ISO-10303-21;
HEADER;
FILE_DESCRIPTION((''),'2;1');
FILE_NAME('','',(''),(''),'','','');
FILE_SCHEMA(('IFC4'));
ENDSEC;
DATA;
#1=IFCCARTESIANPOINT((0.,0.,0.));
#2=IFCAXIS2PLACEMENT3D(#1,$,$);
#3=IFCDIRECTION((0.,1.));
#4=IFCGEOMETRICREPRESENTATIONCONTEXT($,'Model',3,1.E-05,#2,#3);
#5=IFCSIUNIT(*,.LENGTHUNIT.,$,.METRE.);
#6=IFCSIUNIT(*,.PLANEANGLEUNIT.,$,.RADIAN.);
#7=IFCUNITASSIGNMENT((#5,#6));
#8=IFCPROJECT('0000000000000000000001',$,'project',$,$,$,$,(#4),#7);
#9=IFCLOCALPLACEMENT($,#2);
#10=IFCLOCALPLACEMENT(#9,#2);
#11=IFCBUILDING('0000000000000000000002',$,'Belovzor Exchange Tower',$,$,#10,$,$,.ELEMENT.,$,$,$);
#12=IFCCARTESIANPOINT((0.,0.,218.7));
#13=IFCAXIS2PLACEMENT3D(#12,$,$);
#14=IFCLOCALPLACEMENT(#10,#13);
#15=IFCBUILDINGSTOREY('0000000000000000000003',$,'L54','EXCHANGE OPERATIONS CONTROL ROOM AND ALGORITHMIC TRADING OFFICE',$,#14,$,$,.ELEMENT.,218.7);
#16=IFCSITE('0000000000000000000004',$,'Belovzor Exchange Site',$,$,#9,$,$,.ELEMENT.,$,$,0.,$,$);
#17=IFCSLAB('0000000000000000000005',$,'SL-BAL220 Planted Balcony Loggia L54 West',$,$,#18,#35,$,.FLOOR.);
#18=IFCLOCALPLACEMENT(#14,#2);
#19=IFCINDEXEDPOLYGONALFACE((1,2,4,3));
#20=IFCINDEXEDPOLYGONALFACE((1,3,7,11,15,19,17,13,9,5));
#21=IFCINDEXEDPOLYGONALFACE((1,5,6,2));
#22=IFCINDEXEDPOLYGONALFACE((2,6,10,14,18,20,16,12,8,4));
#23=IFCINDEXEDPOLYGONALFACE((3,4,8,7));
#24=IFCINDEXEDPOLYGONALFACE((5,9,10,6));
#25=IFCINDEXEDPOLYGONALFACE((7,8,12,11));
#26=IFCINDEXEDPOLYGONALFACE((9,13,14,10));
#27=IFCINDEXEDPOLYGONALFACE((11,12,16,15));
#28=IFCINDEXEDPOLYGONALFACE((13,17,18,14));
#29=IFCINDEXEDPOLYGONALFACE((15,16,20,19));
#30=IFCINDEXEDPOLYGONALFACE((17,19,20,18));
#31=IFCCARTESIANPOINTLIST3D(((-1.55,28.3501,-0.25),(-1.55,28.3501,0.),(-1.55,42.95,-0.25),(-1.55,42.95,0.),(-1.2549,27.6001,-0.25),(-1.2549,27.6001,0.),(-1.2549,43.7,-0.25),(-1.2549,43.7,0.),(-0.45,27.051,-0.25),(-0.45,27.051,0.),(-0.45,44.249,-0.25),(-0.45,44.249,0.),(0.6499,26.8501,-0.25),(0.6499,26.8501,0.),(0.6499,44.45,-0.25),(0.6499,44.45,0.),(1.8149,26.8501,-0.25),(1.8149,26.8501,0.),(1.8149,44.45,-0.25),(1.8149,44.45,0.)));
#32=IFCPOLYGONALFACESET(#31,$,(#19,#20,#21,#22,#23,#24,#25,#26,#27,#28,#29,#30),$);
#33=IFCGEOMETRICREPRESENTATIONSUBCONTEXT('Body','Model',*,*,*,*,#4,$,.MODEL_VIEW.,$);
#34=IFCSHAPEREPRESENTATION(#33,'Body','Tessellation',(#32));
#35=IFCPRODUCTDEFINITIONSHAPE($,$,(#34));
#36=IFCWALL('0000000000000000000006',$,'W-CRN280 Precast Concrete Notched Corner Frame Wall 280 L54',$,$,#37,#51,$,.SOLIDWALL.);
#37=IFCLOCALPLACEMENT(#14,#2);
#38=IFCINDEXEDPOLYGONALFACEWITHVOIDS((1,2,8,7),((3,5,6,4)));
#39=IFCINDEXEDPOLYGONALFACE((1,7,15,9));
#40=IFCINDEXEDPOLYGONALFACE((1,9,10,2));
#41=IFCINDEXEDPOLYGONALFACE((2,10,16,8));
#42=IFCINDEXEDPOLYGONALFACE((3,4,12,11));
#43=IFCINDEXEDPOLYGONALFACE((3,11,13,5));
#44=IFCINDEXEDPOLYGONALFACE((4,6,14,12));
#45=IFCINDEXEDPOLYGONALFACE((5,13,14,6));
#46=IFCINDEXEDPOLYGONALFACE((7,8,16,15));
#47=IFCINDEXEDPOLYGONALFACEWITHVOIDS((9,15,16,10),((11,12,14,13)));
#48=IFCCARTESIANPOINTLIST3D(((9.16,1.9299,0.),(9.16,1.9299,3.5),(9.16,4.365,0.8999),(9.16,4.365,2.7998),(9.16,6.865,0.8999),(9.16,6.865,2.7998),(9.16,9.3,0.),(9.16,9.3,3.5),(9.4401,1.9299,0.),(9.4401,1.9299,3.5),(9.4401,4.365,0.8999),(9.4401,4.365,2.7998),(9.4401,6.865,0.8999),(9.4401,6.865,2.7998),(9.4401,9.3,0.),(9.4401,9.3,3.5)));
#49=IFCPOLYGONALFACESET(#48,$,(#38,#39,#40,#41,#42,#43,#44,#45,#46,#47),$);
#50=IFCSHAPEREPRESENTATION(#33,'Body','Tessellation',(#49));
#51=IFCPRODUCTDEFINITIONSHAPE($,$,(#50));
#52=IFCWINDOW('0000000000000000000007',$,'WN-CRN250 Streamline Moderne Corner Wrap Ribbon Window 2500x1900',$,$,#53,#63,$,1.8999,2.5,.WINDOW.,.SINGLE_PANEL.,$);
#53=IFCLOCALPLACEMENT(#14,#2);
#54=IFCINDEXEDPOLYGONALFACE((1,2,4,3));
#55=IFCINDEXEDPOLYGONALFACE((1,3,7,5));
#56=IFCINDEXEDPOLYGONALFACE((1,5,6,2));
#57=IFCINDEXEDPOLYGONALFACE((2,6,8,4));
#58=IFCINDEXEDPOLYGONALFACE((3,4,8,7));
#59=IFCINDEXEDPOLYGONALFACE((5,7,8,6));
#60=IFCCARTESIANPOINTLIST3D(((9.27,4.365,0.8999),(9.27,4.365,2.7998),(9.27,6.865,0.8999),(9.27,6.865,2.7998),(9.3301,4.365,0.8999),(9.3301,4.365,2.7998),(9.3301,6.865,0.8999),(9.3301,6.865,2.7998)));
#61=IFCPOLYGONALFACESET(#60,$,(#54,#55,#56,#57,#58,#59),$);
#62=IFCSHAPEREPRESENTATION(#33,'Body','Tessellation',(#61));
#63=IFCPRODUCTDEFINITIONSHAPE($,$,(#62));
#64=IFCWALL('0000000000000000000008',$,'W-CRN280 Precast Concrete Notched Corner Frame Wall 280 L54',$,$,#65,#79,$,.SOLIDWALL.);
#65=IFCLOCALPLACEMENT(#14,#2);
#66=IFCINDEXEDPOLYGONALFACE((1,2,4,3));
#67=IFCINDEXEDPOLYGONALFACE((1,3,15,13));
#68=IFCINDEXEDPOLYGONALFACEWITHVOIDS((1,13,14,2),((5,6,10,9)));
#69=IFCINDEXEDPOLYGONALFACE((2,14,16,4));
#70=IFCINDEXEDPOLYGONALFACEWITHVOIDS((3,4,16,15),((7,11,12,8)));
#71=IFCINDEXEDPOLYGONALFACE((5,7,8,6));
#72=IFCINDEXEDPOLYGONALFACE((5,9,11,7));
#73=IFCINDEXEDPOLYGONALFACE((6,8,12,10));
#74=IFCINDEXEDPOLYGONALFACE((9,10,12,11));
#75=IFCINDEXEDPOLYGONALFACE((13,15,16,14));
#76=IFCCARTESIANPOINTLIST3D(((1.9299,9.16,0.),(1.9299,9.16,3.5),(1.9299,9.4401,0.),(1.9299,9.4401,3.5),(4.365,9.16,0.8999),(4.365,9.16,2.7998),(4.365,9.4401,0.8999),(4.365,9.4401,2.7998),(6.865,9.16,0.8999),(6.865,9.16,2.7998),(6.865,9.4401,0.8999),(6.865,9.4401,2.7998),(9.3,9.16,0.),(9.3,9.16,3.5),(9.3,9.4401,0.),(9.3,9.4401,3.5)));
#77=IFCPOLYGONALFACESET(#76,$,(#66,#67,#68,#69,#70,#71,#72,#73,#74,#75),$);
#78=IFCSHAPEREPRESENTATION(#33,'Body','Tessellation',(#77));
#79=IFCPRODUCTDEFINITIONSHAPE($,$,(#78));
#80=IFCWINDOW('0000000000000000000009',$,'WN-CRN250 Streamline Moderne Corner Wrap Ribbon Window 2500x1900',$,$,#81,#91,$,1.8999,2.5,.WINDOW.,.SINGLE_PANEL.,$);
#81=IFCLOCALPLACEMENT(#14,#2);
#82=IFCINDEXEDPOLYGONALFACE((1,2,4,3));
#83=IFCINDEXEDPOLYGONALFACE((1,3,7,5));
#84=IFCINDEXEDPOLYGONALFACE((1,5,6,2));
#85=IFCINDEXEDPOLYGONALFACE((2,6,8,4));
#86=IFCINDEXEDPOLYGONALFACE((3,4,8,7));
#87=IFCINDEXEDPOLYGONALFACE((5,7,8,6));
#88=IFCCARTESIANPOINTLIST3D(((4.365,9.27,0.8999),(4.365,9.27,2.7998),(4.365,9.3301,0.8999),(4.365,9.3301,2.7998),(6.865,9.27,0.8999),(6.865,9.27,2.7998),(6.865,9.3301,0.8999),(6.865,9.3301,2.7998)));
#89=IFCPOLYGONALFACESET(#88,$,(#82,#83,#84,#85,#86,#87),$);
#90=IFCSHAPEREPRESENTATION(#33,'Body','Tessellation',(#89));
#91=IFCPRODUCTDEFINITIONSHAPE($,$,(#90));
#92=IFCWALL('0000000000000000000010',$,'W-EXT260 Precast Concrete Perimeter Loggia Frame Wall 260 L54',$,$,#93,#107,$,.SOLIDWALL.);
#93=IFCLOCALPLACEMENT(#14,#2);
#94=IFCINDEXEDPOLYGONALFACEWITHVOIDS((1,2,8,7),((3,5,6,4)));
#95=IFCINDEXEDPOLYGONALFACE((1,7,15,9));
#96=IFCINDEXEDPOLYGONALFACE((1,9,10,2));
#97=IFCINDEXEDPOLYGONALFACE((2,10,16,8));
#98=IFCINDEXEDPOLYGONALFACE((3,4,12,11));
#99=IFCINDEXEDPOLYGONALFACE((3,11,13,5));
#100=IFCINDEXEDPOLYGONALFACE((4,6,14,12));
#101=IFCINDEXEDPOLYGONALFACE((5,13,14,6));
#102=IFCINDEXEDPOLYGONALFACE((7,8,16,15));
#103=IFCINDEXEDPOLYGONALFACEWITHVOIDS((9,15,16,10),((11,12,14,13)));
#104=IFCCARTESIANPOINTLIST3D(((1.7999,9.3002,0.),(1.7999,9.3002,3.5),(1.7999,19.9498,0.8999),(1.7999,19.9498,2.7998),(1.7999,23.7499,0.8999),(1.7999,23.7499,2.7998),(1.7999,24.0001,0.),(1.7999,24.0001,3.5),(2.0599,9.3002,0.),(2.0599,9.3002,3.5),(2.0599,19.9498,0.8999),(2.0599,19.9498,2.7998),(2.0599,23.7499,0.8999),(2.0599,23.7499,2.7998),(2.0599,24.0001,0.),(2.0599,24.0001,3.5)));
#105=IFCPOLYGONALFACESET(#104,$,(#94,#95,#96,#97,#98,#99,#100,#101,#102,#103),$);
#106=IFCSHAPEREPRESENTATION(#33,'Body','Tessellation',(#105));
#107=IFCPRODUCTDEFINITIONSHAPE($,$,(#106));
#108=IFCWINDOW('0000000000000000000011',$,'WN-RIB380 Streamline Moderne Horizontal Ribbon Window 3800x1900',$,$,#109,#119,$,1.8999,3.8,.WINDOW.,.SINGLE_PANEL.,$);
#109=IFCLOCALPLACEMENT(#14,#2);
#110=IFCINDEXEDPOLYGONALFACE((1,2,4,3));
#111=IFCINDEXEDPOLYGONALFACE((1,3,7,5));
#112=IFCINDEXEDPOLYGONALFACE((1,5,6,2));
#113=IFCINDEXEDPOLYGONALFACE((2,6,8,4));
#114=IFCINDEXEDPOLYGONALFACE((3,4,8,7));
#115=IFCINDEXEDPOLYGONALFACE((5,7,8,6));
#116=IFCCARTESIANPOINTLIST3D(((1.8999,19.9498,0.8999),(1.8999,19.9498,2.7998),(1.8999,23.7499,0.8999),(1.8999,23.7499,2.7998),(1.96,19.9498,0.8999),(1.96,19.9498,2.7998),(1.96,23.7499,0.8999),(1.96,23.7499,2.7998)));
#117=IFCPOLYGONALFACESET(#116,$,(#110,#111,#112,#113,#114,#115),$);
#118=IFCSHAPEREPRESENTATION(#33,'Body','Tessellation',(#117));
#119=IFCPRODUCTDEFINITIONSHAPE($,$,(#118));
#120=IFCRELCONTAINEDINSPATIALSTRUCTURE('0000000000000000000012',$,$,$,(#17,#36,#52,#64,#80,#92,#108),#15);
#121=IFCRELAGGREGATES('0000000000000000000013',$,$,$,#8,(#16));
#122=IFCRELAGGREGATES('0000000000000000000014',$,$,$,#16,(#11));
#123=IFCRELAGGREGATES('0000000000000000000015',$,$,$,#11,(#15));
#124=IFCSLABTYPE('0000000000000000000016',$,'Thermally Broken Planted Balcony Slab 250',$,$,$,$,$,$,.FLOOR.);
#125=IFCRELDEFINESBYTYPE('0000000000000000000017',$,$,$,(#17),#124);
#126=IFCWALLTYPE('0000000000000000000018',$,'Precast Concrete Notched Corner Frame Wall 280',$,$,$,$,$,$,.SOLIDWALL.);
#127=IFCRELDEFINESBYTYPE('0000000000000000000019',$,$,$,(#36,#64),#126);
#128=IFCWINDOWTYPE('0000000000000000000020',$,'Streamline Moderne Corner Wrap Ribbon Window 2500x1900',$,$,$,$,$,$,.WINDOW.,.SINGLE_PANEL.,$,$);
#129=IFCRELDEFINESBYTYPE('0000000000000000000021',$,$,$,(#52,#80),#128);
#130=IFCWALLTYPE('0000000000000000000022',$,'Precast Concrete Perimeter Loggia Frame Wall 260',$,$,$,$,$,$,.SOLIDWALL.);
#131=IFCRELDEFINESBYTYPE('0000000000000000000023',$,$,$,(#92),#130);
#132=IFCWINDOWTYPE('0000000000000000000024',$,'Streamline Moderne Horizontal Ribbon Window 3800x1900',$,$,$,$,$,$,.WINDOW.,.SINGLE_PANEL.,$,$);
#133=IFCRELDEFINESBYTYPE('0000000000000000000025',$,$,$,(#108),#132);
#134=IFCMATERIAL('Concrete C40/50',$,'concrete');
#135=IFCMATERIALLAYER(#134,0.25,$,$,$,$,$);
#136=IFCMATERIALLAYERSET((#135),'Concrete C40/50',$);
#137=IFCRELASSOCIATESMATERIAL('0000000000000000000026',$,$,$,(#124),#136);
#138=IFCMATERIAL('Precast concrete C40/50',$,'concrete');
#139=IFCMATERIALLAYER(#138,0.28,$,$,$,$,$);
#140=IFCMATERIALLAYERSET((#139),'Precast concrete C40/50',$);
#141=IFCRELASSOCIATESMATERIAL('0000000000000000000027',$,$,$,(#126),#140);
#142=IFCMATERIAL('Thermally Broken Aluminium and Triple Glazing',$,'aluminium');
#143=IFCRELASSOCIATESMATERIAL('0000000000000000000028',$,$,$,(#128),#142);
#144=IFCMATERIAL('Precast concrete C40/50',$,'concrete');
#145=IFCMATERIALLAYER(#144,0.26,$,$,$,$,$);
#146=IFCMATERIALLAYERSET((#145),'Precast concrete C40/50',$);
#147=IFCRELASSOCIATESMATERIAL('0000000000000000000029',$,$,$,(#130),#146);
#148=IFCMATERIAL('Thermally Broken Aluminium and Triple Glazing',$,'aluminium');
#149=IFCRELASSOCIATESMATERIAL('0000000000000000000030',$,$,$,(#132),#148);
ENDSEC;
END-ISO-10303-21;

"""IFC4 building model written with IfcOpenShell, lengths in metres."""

from ifc_helpers import new_model, si_unit, direction, frame, frame_2d, origin, place, context, subcontext, project, spatial, polyline, rectangle, outline, extrude, material, layer, layer_set, type_object, element, fill, save


model = new_model("IFC4")

# Units and contexts
model_context = context("Model", 3, precision=1e-05, world=origin(), true_north=direction((0.0, 1.0)))
body_context = subcontext(model_context, "Body", "Model", "MODEL_VIEW")
ifc_project = project(units=[si_unit("LENGTHUNIT", "METRE"), si_unit("PLANEANGLEUNIT", "RADIAN")], contexts=[model_context])

# Site, building, storey
site_placement = place(None, origin())
site = spatial("IfcSite", under=ifc_project, at=site_placement, Name="Belovzor Exchange Site", CompositionType="ELEMENT", RefElevation=0.0)
building_placement = place(site_placement, origin())
building = spatial("IfcBuilding", under=site, at=building_placement, Name="Belovzor Exchange Tower", CompositionType="ELEMENT")
storey_placement = place(building_placement, frame((0.0, 0.0, 218.7)))
storey = spatial("IfcBuildingStorey", under=building, at=storey_placement, Name="L54", Description="EXCHANGE OPERATIONS CONTROL ROOM AND ALGORITHMIC TRADING OFFICE", CompositionType="ELEMENT", Elevation=218.7)

# Slab
ifc_material_1 = material(Name="Concrete C40/50", Category="concrete")
ifc_layer_1 = layer(ifc_material_1, 0.25)
ifc_layer_set_1 = layer_set([ifc_layer_1], Name="Concrete C40/50")
slab_type_1 = type_object("IfcSlabType", Name="Thermally Broken Planted Balcony Slab 250", PredefinedType="FLOOR", material=ifc_layer_set_1)
slab_1_placement = place(storey_placement, frame((0.0, 0.0, -0.25)))
element("IfcSlab", 1, at=slab_1_placement, inside=storey, type_object=slab_type_1, Name="SL-BAL220 Planted Balcony Loggia L54 West", PredefinedType="FLOOR", context=body_context, shape_type="SweptSolid", body=[
    extrude(outline(polyline([(1.8149, 44.45), (0.6499, 44.45), (-0.45, 44.249), (-1.2549, 43.7), (-1.55, 42.95), (-1.55, 28.3501), (-1.2549, 27.6001), (-0.45, 27.051), (0.6499, 26.8501), (1.8149, 26.8501), (1.8149, 44.45)])), origin(), (0.0, 0.0, 1.0), 0.25),
])

# Walls, openings, windows
ifc_material_2 = material(Name="Precast concrete C40/50", Category="concrete")
ifc_layer_2 = layer(ifc_material_2, 0.28)
ifc_layer_set_2 = layer_set([ifc_layer_2], Name="Precast concrete C40/50")
wall_type_1 = type_object("IfcWallType", Name="Precast Concrete Notched Corner Frame Wall 280", PredefinedType="SOLIDWALL", material=ifc_layer_set_2)
wall_1_placement = place(storey_placement, frame((9.3, 1.9299, 0.0), z_axis=(0.0, 0.0, 1.0), x_axis=(0.0, 1.0, 0.0)))
wall_1 = element("IfcWall", 2, at=wall_1_placement, inside=storey, type_object=wall_type_1, Name="W-CRN280 Precast Concrete Notched Corner Frame Wall 280 L54", PredefinedType="SOLIDWALL", context=body_context, shape_type="SweptSolid", body=[
    extrude(rectangle(XDim=7.3701, YDim=0.28, at=frame_2d((3.6851, 0.0))), origin(), (0.0, 0.0, 1.0), 3.5),
])
opening_1_placement = place(wall_1_placement, frame((2.4351, 0.0, 0.8999)))
opening_1 = element("IfcOpeningElement", 3, at=opening_1_placement, cuts=wall_1, PredefinedType="OPENING", context=body_context, shape_type="SweptSolid", body=[
    extrude(rectangle(XDim=2.5, YDim=1.8999, at=frame_2d((1.25, 0.95))), frame((0.0, 0.1499, 0.0), z_axis=(0.0, -1.0, 0.0), x_axis=(1.0, 0.0, 0.0)), (0.0, 0.0, 1.0), 0.3),
])
ifc_material_3 = material(Name="Thermally Broken Aluminium and Triple Glazing", Category="aluminium")
window_type_1 = type_object("IfcWindowType", Name="Streamline Moderne Corner Wrap Ribbon Window 2500x1900", PartitioningType="SINGLE_PANEL", PredefinedType="WINDOW", material=ifc_material_3)
window_1_placement = place(opening_1_placement, origin())
window_1 = element("IfcWindow", 4, at=window_1_placement, inside=storey, type_object=window_type_1, Name="WN-CRN250 Streamline Moderne Corner Wrap Ribbon Window 2500x1900", OverallHeight=1.8999, OverallWidth=2.5, PartitioningType="SINGLE_PANEL", PredefinedType="WINDOW", context=body_context, shape_type="SweptSolid", body=[
    extrude(rectangle(XDim=2.5, YDim=1.8999, at=frame_2d((1.25, 0.95))), frame((0.0, 0.03, 0.0), z_axis=(0.0, -1.0, 0.0), x_axis=(1.0, 0.0, 0.0)), (0.0, 0.0, 1.0), 0.0601),
])
fill(opening_1, window_1)
wall_2_placement = place(storey_placement, frame((9.3, 9.3, 0.0), z_axis=(0.0, 0.0, 1.0), x_axis=(-1.0, 0.0, 0.0)))
wall_2 = element("IfcWall", 5, at=wall_2_placement, inside=storey, type_object=wall_type_1, Name="W-CRN280 Precast Concrete Notched Corner Frame Wall 280 L54", PredefinedType="SOLIDWALL", context=body_context, shape_type="SweptSolid", body=[
    extrude(rectangle(XDim=7.3701, YDim=0.28, at=frame_2d((3.6851, 0.0))), origin(), (0.0, 0.0, 1.0), 3.5),
])
opening_2_placement = place(wall_2_placement, frame((2.4351, 0.0, 0.8999)))
opening_2 = element("IfcOpeningElement", 6, at=opening_2_placement, cuts=wall_2, PredefinedType="OPENING", context=body_context, shape_type="SweptSolid", body=[
    extrude(rectangle(XDim=2.5, YDim=1.8999, at=frame_2d((1.25, 0.95))), frame((0.0, 0.1499, 0.0), z_axis=(0.0, -1.0, 0.0), x_axis=(1.0, 0.0, 0.0)), (0.0, 0.0, 1.0), 0.3),
])
window_2_placement = place(opening_2_placement, origin())
window_2 = element("IfcWindow", 7, at=window_2_placement, inside=storey, type_object=window_type_1, Name="WN-CRN250 Streamline Moderne Corner Wrap Ribbon Window 2500x1900", OverallHeight=1.8999, OverallWidth=2.5, PartitioningType="SINGLE_PANEL", PredefinedType="WINDOW", context=body_context, shape_type="SweptSolid", body=[
    extrude(rectangle(XDim=2.5, YDim=1.8999, at=frame_2d((1.25, 0.95))), frame((0.0, 0.03, 0.0), z_axis=(0.0, -1.0, 0.0), x_axis=(1.0, 0.0, 0.0)), (0.0, 0.0, 1.0), 0.0601),
])
fill(opening_2, window_2)
ifc_material_4 = material(Name="Precast concrete C40/50", Category="concrete")
ifc_layer_3 = layer(ifc_material_4, 0.26)
ifc_layer_set_3 = layer_set([ifc_layer_3], Name="Precast concrete C40/50")
wall_type_2 = type_object("IfcWallType", Name="Precast Concrete Perimeter Loggia Frame Wall 260", PredefinedType="SOLIDWALL", material=ifc_layer_set_3)
wall_3_placement = place(storey_placement, frame((1.9299, 9.3, 0.0), z_axis=(0.0, 0.0, 1.0), x_axis=(0.0, 1.0, 0.0)))
wall_3 = element("IfcWall", 8, at=wall_3_placement, inside=storey, type_object=wall_type_2, Name="W-EXT260 Precast Concrete Perimeter Loggia Frame Wall 260 L54", PredefinedType="SOLIDWALL", context=body_context, shape_type="SweptSolid", body=[
    extrude(rectangle(XDim=14.7, YDim=0.26, at=frame_2d((7.3501, 0.0))), origin(), (0.0, 0.0, 1.0), 3.5),
])
opening_3_placement = place(wall_3_placement, frame((10.6499, 0.0, 0.8999)))
opening_3 = element("IfcOpeningElement", 9, at=opening_3_placement, cuts=wall_3, PredefinedType="OPENING", context=body_context, shape_type="SweptSolid", body=[
    extrude(rectangle(XDim=3.8, YDim=1.8999, at=frame_2d((1.8999, 0.95))), frame((0.0, 0.1399, 0.0), z_axis=(0.0, -1.0, 0.0), x_axis=(1.0, 0.0, 0.0)), (0.0, 0.0, 1.0), 0.28),
])
ifc_material_5 = material(Name="Thermally Broken Aluminium and Triple Glazing", Category="aluminium")
window_type_2 = type_object("IfcWindowType", Name="Streamline Moderne Horizontal Ribbon Window 3800x1900", PartitioningType="SINGLE_PANEL", PredefinedType="WINDOW", material=ifc_material_5)
window_3_placement = place(opening_3_placement, origin())
window_3 = element("IfcWindow", 10, at=window_3_placement, inside=storey, type_object=window_type_2, Name="WN-RIB380 Streamline Moderne Horizontal Ribbon Window 3800x1900", OverallHeight=1.8999, OverallWidth=3.8, PartitioningType="SINGLE_PANEL", PredefinedType="WINDOW", context=body_context, shape_type="SweptSolid", body=[
    extrude(rectangle(XDim=3.8, YDim=1.8999, at=frame_2d((1.8999, 0.95))), frame((0.0, 0.03, 0.0), z_axis=(0.0, -1.0, 0.0), x_axis=(1.0, 0.0, 0.0)), (0.0, 0.0, 1.0), 0.0601),
])
fill(opening_3, window_3)

save(model, "model.ifc")
